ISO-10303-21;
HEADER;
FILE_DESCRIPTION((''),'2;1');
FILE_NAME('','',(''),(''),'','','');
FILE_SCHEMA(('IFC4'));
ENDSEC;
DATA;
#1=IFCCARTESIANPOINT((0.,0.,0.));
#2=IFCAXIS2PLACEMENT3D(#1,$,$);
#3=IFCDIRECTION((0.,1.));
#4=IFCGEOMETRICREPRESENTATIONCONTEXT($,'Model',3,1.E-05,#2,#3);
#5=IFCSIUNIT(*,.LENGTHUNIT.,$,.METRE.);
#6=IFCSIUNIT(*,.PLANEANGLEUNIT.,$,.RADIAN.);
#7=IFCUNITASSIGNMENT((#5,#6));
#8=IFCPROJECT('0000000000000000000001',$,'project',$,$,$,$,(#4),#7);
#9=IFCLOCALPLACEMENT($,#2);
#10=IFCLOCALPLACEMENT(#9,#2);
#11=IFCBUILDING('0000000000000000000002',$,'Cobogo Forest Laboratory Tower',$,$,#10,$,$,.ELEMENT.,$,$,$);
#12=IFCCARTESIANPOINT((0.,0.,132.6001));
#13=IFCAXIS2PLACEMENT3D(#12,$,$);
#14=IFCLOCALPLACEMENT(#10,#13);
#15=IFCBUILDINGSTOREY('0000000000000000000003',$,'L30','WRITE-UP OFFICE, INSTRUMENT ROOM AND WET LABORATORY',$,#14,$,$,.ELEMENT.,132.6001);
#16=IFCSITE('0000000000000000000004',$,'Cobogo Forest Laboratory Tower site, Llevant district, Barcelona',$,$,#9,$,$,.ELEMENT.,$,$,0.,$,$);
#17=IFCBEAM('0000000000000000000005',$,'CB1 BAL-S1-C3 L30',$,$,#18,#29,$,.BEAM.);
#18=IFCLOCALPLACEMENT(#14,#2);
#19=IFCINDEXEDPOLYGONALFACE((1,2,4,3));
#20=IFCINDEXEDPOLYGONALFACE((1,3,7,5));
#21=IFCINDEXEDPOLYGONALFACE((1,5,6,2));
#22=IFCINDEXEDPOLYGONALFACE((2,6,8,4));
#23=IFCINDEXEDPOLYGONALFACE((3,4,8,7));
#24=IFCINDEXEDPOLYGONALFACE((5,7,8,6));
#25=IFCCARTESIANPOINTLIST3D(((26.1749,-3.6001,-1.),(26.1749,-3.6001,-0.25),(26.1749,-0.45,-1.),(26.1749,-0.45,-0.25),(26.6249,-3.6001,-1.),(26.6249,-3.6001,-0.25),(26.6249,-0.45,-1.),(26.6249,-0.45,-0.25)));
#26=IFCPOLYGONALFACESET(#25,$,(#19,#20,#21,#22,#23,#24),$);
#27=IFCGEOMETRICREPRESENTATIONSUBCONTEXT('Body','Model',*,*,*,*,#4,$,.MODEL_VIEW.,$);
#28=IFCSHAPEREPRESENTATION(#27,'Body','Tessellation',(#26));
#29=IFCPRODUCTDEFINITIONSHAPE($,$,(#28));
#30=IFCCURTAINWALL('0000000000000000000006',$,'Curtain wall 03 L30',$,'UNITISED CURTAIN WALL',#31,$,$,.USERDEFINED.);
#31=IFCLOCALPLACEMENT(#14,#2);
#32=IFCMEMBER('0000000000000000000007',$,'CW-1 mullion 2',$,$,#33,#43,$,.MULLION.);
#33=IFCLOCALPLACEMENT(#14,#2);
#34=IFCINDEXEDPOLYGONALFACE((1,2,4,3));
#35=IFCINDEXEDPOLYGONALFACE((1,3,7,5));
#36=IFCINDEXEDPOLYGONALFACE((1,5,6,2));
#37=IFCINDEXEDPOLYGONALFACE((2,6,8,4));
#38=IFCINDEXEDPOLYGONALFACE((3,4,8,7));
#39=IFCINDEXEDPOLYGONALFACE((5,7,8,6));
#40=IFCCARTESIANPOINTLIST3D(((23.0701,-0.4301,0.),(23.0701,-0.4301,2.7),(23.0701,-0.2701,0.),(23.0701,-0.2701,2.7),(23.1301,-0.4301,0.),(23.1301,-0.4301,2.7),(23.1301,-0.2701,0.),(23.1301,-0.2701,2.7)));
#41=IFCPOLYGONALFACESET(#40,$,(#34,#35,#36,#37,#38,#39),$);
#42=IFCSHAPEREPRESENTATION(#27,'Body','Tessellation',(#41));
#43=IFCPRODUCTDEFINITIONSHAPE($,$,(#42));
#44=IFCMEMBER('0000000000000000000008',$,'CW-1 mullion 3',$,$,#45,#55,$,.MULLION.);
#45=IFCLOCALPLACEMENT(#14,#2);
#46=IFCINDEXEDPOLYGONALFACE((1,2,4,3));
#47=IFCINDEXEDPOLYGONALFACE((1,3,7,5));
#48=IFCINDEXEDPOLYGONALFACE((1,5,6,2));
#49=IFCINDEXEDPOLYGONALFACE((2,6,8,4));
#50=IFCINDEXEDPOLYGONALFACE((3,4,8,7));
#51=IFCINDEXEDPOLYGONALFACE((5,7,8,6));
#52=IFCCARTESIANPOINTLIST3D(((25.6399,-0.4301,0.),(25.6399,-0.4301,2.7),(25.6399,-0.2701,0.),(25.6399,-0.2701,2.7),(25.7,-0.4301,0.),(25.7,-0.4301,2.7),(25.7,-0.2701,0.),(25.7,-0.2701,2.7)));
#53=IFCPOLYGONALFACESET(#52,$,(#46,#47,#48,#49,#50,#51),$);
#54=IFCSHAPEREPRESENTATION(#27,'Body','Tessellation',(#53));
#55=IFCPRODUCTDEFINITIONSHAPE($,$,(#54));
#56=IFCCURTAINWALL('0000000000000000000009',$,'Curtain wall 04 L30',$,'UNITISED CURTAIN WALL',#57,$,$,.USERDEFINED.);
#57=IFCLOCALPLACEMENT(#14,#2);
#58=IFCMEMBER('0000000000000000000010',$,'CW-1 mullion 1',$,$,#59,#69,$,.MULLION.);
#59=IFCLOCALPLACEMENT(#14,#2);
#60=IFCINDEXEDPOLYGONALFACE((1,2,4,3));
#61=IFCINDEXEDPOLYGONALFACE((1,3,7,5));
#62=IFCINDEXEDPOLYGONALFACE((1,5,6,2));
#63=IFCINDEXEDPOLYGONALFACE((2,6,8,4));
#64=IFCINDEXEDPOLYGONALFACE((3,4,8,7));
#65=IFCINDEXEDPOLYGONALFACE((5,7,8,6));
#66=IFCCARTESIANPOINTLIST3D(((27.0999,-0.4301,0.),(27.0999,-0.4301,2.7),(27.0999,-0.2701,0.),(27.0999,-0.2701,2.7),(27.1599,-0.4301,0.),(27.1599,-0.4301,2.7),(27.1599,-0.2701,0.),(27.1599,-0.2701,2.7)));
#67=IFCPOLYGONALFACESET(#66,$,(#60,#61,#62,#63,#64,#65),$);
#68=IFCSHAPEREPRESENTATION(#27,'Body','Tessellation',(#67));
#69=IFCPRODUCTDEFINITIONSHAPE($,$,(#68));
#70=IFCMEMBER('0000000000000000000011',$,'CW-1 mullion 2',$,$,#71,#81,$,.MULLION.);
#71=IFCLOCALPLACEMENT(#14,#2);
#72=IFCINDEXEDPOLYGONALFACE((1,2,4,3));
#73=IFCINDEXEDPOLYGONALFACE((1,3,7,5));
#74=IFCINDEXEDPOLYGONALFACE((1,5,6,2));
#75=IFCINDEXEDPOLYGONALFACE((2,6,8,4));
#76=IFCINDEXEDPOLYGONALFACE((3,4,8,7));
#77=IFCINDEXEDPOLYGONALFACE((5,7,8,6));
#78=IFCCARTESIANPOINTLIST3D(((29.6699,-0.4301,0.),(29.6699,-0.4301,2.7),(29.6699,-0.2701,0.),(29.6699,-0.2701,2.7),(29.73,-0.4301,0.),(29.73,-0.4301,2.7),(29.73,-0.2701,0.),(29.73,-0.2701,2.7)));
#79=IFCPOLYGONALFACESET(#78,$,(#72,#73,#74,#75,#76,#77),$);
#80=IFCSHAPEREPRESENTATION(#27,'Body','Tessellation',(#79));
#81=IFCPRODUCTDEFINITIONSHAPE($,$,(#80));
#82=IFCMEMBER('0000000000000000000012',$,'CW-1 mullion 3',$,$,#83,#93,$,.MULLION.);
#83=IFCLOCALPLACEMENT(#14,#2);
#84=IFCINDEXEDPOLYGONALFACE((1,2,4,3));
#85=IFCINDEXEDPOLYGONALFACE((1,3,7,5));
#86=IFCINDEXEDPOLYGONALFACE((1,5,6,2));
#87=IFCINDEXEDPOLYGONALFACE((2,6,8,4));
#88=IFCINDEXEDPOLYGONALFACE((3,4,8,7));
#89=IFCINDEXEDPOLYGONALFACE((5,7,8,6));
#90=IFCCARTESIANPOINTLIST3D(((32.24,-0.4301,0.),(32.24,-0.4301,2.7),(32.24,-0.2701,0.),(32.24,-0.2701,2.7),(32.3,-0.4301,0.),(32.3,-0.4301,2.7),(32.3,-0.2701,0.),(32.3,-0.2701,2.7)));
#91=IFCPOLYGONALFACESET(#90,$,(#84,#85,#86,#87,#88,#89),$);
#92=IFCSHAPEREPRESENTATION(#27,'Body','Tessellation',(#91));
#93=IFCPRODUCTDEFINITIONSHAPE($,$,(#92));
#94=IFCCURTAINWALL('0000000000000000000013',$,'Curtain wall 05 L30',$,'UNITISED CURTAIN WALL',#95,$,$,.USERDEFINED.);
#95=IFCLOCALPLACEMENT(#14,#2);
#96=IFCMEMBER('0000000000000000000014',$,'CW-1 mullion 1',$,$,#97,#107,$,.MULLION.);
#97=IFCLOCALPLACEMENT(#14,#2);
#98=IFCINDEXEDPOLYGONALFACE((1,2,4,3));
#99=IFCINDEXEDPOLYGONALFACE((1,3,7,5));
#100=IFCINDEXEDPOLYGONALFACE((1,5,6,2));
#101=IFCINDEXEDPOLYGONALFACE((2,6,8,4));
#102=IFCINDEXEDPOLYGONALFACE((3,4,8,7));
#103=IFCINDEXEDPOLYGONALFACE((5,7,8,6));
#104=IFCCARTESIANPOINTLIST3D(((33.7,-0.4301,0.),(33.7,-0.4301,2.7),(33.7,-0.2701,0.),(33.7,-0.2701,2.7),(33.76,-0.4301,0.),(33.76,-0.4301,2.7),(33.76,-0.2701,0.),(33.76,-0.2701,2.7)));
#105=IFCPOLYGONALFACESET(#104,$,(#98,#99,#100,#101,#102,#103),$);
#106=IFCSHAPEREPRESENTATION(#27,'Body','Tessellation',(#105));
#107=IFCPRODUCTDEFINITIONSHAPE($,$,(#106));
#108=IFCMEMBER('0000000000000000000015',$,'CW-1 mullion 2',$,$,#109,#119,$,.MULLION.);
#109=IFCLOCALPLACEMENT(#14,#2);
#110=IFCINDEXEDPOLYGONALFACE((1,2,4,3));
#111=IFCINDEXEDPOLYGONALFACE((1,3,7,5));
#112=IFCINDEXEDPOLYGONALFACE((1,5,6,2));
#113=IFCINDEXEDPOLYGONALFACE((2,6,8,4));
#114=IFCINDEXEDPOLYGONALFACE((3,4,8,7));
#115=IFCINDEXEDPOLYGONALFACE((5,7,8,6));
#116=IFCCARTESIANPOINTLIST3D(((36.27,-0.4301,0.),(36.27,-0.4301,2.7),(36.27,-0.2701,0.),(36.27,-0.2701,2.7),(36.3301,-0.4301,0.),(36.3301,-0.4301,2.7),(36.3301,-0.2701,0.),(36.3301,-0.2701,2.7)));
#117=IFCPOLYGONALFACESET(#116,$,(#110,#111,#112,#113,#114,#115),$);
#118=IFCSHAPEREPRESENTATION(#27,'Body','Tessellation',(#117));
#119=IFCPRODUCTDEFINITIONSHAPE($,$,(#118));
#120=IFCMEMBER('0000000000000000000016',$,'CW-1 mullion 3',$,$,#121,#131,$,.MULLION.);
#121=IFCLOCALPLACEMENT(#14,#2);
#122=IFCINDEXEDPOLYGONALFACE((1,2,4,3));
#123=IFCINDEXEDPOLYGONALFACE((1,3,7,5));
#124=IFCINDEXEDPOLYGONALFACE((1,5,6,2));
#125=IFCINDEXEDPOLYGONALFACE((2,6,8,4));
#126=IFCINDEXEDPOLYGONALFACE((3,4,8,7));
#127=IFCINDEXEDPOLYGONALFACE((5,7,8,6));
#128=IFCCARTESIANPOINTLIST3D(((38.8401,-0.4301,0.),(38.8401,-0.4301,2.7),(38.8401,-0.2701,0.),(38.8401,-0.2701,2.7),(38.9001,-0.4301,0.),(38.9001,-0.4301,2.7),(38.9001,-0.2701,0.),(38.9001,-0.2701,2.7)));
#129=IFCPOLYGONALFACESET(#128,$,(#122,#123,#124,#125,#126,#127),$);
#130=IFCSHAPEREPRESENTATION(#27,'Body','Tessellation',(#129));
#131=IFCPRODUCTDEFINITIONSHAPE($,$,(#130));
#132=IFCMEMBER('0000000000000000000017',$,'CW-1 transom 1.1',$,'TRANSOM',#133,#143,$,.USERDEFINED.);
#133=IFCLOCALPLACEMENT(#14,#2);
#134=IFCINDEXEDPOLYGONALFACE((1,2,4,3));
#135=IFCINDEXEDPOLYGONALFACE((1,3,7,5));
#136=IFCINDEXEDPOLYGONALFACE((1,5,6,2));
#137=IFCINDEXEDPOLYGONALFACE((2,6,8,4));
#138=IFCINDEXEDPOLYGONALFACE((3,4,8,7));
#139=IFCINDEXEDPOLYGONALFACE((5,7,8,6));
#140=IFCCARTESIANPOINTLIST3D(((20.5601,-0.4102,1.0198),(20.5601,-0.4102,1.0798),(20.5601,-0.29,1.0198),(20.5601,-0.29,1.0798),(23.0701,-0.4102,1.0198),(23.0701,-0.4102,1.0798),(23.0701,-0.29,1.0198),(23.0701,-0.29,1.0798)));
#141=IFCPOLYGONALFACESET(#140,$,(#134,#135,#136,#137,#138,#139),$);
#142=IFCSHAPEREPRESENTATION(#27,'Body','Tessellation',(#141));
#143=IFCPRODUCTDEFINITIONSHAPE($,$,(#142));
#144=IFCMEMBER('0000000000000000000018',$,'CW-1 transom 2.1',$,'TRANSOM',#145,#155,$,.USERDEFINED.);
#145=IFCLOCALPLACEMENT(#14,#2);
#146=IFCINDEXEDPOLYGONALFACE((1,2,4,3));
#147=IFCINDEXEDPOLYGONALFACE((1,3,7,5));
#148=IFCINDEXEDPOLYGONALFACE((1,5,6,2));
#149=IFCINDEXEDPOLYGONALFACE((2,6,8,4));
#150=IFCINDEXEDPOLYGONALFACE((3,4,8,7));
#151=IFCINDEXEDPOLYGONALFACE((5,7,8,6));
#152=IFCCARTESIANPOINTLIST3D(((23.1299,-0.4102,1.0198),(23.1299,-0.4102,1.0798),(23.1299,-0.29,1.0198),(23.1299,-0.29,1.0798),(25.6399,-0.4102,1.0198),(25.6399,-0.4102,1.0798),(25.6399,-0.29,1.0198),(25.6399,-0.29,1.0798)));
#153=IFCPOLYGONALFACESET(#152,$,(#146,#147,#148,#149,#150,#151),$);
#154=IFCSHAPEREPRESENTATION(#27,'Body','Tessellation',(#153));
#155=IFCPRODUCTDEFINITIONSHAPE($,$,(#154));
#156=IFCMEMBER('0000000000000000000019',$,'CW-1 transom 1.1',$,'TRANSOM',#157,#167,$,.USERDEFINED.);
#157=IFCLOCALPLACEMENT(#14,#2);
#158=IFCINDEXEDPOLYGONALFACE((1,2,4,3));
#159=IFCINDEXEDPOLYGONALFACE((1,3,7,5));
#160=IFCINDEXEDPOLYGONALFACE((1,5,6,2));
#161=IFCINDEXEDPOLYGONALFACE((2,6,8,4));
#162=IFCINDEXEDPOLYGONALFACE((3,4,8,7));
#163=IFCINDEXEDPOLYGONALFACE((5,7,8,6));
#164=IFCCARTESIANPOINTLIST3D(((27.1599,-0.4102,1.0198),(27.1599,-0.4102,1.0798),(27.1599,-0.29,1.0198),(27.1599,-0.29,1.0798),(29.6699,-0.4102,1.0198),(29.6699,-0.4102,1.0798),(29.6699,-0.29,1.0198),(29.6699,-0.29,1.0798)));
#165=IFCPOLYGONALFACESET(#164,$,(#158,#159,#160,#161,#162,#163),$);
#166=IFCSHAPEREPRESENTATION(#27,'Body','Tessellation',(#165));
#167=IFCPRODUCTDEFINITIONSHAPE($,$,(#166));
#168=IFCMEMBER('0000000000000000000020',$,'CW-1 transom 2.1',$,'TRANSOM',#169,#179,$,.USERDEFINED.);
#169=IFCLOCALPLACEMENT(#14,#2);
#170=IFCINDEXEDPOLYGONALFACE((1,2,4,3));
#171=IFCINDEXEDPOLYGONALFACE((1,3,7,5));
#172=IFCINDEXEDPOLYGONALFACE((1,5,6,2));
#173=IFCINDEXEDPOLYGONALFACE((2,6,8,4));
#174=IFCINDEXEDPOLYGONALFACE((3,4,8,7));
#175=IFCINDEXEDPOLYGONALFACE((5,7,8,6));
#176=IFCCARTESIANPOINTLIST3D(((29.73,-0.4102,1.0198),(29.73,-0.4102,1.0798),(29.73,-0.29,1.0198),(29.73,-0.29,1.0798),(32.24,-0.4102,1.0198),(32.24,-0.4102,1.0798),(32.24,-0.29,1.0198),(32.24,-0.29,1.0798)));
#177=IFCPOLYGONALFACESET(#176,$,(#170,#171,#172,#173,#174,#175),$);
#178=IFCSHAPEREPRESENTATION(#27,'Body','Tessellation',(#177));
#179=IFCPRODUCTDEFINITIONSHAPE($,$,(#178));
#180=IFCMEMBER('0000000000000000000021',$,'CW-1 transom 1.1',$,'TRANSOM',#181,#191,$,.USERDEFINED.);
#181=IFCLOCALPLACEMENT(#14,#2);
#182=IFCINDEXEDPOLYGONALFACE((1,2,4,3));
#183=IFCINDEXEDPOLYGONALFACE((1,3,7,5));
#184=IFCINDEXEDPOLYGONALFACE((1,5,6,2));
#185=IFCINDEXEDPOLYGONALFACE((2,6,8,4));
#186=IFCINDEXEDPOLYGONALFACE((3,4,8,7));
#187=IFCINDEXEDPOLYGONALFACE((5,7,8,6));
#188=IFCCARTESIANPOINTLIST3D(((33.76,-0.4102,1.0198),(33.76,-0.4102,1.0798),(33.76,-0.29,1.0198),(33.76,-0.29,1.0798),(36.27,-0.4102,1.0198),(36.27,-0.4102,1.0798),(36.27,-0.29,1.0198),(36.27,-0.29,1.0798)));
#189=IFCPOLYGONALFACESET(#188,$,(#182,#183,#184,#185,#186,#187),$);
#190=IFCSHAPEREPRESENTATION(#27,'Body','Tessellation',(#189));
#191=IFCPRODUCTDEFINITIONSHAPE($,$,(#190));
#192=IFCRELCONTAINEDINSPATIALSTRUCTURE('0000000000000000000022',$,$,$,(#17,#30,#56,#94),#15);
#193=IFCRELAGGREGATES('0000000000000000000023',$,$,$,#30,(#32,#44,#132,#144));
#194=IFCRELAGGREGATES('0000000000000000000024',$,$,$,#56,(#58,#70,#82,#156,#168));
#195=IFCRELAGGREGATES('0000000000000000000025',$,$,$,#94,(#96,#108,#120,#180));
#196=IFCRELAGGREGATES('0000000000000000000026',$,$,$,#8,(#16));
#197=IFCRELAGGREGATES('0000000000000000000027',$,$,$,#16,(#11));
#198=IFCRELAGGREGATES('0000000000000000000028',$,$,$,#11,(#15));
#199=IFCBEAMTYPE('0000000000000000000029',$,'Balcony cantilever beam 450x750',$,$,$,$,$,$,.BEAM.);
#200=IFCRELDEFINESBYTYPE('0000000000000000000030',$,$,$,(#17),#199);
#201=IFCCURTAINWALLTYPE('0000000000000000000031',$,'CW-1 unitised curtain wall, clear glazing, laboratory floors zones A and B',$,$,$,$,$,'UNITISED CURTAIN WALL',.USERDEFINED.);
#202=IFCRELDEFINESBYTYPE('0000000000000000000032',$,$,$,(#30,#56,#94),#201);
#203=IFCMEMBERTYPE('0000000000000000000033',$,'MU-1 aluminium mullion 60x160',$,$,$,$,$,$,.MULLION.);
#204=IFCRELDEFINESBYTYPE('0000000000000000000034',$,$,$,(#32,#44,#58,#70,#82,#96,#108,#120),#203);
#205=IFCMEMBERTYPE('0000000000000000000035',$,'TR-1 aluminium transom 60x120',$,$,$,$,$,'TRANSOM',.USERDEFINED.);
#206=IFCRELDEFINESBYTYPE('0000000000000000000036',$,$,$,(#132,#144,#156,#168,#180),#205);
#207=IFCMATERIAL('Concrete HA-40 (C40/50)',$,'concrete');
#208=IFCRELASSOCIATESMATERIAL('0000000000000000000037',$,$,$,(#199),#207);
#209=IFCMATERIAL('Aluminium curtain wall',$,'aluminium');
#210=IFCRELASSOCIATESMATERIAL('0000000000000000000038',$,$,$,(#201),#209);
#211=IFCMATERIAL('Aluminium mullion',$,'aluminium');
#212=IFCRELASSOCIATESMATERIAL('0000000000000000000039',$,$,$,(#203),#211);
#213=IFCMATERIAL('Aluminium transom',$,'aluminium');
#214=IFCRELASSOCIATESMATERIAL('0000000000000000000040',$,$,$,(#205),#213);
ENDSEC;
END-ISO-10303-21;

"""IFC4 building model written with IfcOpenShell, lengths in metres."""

from ifc_helpers import new_model, si_unit, direction, frame, origin, origin_2d, place, context, subcontext, project, spatial, rectangle, extrude, material, material_profile, profile_set, type_object, element, aggregate, save


model = new_model("IFC4")

# Units and contexts
model_context = context("Model", 3, precision=1e-05, world=origin(), true_north=direction((0.0, 1.0)))
body_context = subcontext(model_context, "Body", "Model", "MODEL_VIEW")
ifc_project = project(units=[si_unit("LENGTHUNIT", "METRE"), si_unit("PLANEANGLEUNIT", "RADIAN")], contexts=[model_context])

# Site, building, storey
site_placement = place(None, origin())
site = spatial("IfcSite", under=ifc_project, at=site_placement, Name="Cobogo Forest Laboratory Tower site, Llevant district, Barcelona", CompositionType="ELEMENT", RefElevation=0.0)
building_placement = place(site_placement, origin())
building = spatial("IfcBuilding", under=site, at=building_placement, Name="Cobogo Forest Laboratory Tower", CompositionType="ELEMENT")
storey_placement = place(building_placement, frame((0.0, 0.0, 132.6001)))
storey = spatial("IfcBuildingStorey", under=building, at=storey_placement, Name="L30", Description="WRITE-UP OFFICE, INSTRUMENT ROOM AND WET LABORATORY", CompositionType="ELEMENT", Elevation=132.6001)

# Beam
ifc_material_1 = material(Name="Concrete HA-40 (C40/50)", Category="concrete")
ifc_material_profile_1 = material_profile(ifc_material_1, rectangle(XDim=0.45, YDim=0.75, at=origin_2d()), Name="RC 450x750")
ifc_profile_set_1 = profile_set([ifc_material_profile_1], Name="Concrete HA-40 (C40/50)")
beam_type = type_object("IfcBeamType", Name="Balcony cantilever beam 450x750", PredefinedType="BEAM", material=ifc_profile_set_1)
beam_placement = place(storey_placement, frame((26.3999, -0.45, -0.625), z_axis=(0.0, -1.0, 0.0), x_axis=(1.0, 0.0, 0.0)))
element("IfcBeam", 1, at=beam_placement, inside=storey, type_object=beam_type, Name="CB1 BAL-S1-C3 L30", PredefinedType="BEAM", context=body_context, shape_type="SweptSolid", body=[
    extrude(rectangle(XDim=0.45, YDim=0.75, at=origin_2d()), origin(), (0.0, 0.0, 1.0), 3.1501),
])

# Curtain walls, members
ifc_material_2 = material(Name="Aluminium curtain wall", Category="aluminium")
curtain_wall_type = type_object("IfcCurtainWallType", Name="CW-1 unitised curtain wall, clear glazing, laboratory floors zones A and B", ElementType="UNITISED CURTAIN WALL", PredefinedType="USERDEFINED", material=ifc_material_2)
curtain_wall_1_placement = place(storey_placement, origin())
curtain_wall_1 = element("IfcCurtainWall", 2, at=curtain_wall_1_placement, inside=storey, type_object=curtain_wall_type, Name="Curtain wall 03 L30", ObjectType="UNITISED CURTAIN WALL", PredefinedType="USERDEFINED")
ifc_material_3 = material(Name="Aluminium mullion", Category="aluminium")
ifc_material_profile_2 = material_profile(ifc_material_3, rectangle(XDim=0.0601, YDim=0.1599, at=origin_2d()), Name="AL 60x160")
ifc_profile_set_2 = profile_set([ifc_material_profile_2], Name="Aluminium mullion")
member_type_1 = type_object("IfcMemberType", Name="MU-1 aluminium mullion 60x160", PredefinedType="MULLION", material=ifc_profile_set_2)
member_1_placement = place(storey_placement, frame((23.1001, -0.3501, 0.0), z_axis=(0.0, 0.0, 1.0), x_axis=(1.0, 0.0, 0.0)))
member_1 = element("IfcMember", 3, at=member_1_placement, type_object=member_type_1, Name="CW-1 mullion 2", PredefinedType="MULLION", context=body_context, shape_type="SweptSolid", body=[
    extrude(rectangle(XDim=0.0601, YDim=0.1599, at=origin_2d()), origin(), (0.0, 0.0, 1.0), 2.7),
])
member_2_placement = place(storey_placement, frame((25.6699, -0.3501, 0.0), z_axis=(0.0, 0.0, 1.0), x_axis=(1.0, 0.0, 0.0)))
member_2 = element("IfcMember", 4, at=member_2_placement, type_object=member_type_1, Name="CW-1 mullion 3", PredefinedType="MULLION", context=body_context, shape_type="SweptSolid", body=[
    extrude(rectangle(XDim=0.0601, YDim=0.1599, at=origin_2d()), origin(), (0.0, 0.0, 1.0), 2.7),
])
curtain_wall_2_placement = place(storey_placement, origin())
curtain_wall_2 = element("IfcCurtainWall", 5, at=curtain_wall_2_placement, inside=storey, type_object=curtain_wall_type, Name="Curtain wall 04 L30", ObjectType="UNITISED CURTAIN WALL", PredefinedType="USERDEFINED")
member_3_placement = place(storey_placement, frame((27.1299, -0.3501, 0.0), z_axis=(0.0, 0.0, 1.0), x_axis=(1.0, 0.0, 0.0)))
member_3 = element("IfcMember", 6, at=member_3_placement, type_object=member_type_1, Name="CW-1 mullion 1", PredefinedType="MULLION", context=body_context, shape_type="SweptSolid", body=[
    extrude(rectangle(XDim=0.0601, YDim=0.1599, at=origin_2d()), origin(), (0.0, 0.0, 1.0), 2.7),
])
member_4_placement = place(storey_placement, frame((29.7, -0.3501, 0.0), z_axis=(0.0, 0.0, 1.0), x_axis=(1.0, 0.0, 0.0)))
member_4 = element("IfcMember", 7, at=member_4_placement, type_object=member_type_1, Name="CW-1 mullion 2", PredefinedType="MULLION", context=body_context, shape_type="SweptSolid", body=[
    extrude(rectangle(XDim=0.0601, YDim=0.1599, at=origin_2d()), origin(), (0.0, 0.0, 1.0), 2.7),
])
member_5_placement = place(storey_placement, frame((32.27, -0.3501, 0.0), z_axis=(0.0, 0.0, 1.0), x_axis=(1.0, 0.0, 0.0)))
member_5 = element("IfcMember", 8, at=member_5_placement, type_object=member_type_1, Name="CW-1 mullion 3", PredefinedType="MULLION", context=body_context, shape_type="SweptSolid", body=[
    extrude(rectangle(XDim=0.0601, YDim=0.1599, at=origin_2d()), origin(), (0.0, 0.0, 1.0), 2.7),
])
curtain_wall_3_placement = place(storey_placement, origin())
curtain_wall_3 = element("IfcCurtainWall", 9, at=curtain_wall_3_placement, inside=storey, type_object=curtain_wall_type, Name="Curtain wall 05 L30", ObjectType="UNITISED CURTAIN WALL", PredefinedType="USERDEFINED")
member_6_placement = place(storey_placement, frame((33.73, -0.3501, 0.0), z_axis=(0.0, 0.0, 1.0), x_axis=(1.0, 0.0, 0.0)))
member_6 = element("IfcMember", 10, at=member_6_placement, type_object=member_type_1, Name="CW-1 mullion 1", PredefinedType="MULLION", context=body_context, shape_type="SweptSolid", body=[
    extrude(rectangle(XDim=0.0601, YDim=0.1599, at=origin_2d()), origin(), (0.0, 0.0, 1.0), 2.7),
])
member_7_placement = place(storey_placement, frame((36.3, -0.3501, 0.0), z_axis=(0.0, 0.0, 1.0), x_axis=(1.0, 0.0, 0.0)))
member_7 = element("IfcMember", 11, at=member_7_placement, type_object=member_type_1, Name="CW-1 mullion 2", PredefinedType="MULLION", context=body_context, shape_type="SweptSolid", body=[
    extrude(rectangle(XDim=0.0601, YDim=0.1599, at=origin_2d()), origin(), (0.0, 0.0, 1.0), 2.7),
])
member_8_placement = place(storey_placement, frame((38.8701, -0.3501, 0.0), z_axis=(0.0, 0.0, 1.0), x_axis=(1.0, 0.0, 0.0)))
member_8 = element("IfcMember", 12, at=member_8_placement, type_object=member_type_1, Name="CW-1 mullion 3", PredefinedType="MULLION", context=body_context, shape_type="SweptSolid", body=[
    extrude(rectangle(XDim=0.0601, YDim=0.1599, at=origin_2d()), origin(), (0.0, 0.0, 1.0), 2.7),
])

# Members
ifc_material_4 = material(Name="Aluminium transom", Category="aluminium")
ifc_material_profile_3 = material_profile(ifc_material_4, rectangle(XDim=0.1201, YDim=0.0601, at=origin_2d()), Name="AL 60x120")
ifc_profile_set_3 = profile_set([ifc_material_profile_3], Name="Aluminium transom")
member_type_2 = type_object("IfcMemberType", Name="TR-1 aluminium transom 60x120", ElementType="TRANSOM", PredefinedType="USERDEFINED", material=ifc_profile_set_3)
member_9_placement = place(storey_placement, frame((20.5601, -0.3501, 1.0498), z_axis=(1.0, 0.0, 0.0), x_axis=(0.0, 1.0, 0.0)))
member_9 = element("IfcMember", 13, at=member_9_placement, type_object=member_type_2, Name="CW-1 transom 1.1", ObjectType="TRANSOM", PredefinedType="USERDEFINED", context=body_context, shape_type="SweptSolid", body=[
    extrude(rectangle(XDim=0.1201, YDim=0.0601, at=origin_2d()), origin(), (0.0, 0.0, 1.0), 2.51),
])
member_10_placement = place(storey_placement, frame((23.1299, -0.3501, 1.0498), z_axis=(1.0, 0.0, 0.0), x_axis=(0.0, 1.0, 0.0)))
member_10 = element("IfcMember", 14, at=member_10_placement, type_object=member_type_2, Name="CW-1 transom 2.1", ObjectType="TRANSOM", PredefinedType="USERDEFINED", context=body_context, shape_type="SweptSolid", body=[
    extrude(rectangle(XDim=0.1201, YDim=0.0601, at=origin_2d()), origin(), (0.0, 0.0, 1.0), 2.51),
])
member_11_placement = place(storey_placement, frame((27.1599, -0.3501, 1.0498), z_axis=(1.0, 0.0, 0.0), x_axis=(0.0, 1.0, 0.0)))
member_11 = element("IfcMember", 15, at=member_11_placement, type_object=member_type_2, Name="CW-1 transom 1.1", ObjectType="TRANSOM", PredefinedType="USERDEFINED", context=body_context, shape_type="SweptSolid", body=[
    extrude(rectangle(XDim=0.1201, YDim=0.0601, at=origin_2d()), origin(), (0.0, 0.0, 1.0), 2.51),
])
member_12_placement = place(storey_placement, frame((29.73, -0.3501, 1.0498), z_axis=(1.0, 0.0, 0.0), x_axis=(0.0, 1.0, 0.0)))
member_12 = element("IfcMember", 16, at=member_12_placement, type_object=member_type_2, Name="CW-1 transom 2.1", ObjectType="TRANSOM", PredefinedType="USERDEFINED", context=body_context, shape_type="SweptSolid", body=[
    extrude(rectangle(XDim=0.1201, YDim=0.0601, at=origin_2d()), origin(), (0.0, 0.0, 1.0), 2.51),
])
member_13_placement = place(storey_placement, frame((33.76, -0.3501, 1.0498), z_axis=(1.0, 0.0, 0.0), x_axis=(0.0, 1.0, 0.0)))
member_13 = element("IfcMember", 17, at=member_13_placement, type_object=member_type_2, Name="CW-1 transom 1.1", ObjectType="TRANSOM", PredefinedType="USERDEFINED", context=body_context, shape_type="SweptSolid", body=[
    extrude(rectangle(XDim=0.1201, YDim=0.0601, at=origin_2d()), origin(), (0.0, 0.0, 1.0), 2.51),
])

aggregate(curtain_wall_1, [member_1, member_2, member_9, member_10])
aggregate(curtain_wall_2, [member_3, member_4, member_5, member_11, member_12])
aggregate(curtain_wall_3, [member_6, member_7, member_8, member_13])

save(model, "model.ifc")
